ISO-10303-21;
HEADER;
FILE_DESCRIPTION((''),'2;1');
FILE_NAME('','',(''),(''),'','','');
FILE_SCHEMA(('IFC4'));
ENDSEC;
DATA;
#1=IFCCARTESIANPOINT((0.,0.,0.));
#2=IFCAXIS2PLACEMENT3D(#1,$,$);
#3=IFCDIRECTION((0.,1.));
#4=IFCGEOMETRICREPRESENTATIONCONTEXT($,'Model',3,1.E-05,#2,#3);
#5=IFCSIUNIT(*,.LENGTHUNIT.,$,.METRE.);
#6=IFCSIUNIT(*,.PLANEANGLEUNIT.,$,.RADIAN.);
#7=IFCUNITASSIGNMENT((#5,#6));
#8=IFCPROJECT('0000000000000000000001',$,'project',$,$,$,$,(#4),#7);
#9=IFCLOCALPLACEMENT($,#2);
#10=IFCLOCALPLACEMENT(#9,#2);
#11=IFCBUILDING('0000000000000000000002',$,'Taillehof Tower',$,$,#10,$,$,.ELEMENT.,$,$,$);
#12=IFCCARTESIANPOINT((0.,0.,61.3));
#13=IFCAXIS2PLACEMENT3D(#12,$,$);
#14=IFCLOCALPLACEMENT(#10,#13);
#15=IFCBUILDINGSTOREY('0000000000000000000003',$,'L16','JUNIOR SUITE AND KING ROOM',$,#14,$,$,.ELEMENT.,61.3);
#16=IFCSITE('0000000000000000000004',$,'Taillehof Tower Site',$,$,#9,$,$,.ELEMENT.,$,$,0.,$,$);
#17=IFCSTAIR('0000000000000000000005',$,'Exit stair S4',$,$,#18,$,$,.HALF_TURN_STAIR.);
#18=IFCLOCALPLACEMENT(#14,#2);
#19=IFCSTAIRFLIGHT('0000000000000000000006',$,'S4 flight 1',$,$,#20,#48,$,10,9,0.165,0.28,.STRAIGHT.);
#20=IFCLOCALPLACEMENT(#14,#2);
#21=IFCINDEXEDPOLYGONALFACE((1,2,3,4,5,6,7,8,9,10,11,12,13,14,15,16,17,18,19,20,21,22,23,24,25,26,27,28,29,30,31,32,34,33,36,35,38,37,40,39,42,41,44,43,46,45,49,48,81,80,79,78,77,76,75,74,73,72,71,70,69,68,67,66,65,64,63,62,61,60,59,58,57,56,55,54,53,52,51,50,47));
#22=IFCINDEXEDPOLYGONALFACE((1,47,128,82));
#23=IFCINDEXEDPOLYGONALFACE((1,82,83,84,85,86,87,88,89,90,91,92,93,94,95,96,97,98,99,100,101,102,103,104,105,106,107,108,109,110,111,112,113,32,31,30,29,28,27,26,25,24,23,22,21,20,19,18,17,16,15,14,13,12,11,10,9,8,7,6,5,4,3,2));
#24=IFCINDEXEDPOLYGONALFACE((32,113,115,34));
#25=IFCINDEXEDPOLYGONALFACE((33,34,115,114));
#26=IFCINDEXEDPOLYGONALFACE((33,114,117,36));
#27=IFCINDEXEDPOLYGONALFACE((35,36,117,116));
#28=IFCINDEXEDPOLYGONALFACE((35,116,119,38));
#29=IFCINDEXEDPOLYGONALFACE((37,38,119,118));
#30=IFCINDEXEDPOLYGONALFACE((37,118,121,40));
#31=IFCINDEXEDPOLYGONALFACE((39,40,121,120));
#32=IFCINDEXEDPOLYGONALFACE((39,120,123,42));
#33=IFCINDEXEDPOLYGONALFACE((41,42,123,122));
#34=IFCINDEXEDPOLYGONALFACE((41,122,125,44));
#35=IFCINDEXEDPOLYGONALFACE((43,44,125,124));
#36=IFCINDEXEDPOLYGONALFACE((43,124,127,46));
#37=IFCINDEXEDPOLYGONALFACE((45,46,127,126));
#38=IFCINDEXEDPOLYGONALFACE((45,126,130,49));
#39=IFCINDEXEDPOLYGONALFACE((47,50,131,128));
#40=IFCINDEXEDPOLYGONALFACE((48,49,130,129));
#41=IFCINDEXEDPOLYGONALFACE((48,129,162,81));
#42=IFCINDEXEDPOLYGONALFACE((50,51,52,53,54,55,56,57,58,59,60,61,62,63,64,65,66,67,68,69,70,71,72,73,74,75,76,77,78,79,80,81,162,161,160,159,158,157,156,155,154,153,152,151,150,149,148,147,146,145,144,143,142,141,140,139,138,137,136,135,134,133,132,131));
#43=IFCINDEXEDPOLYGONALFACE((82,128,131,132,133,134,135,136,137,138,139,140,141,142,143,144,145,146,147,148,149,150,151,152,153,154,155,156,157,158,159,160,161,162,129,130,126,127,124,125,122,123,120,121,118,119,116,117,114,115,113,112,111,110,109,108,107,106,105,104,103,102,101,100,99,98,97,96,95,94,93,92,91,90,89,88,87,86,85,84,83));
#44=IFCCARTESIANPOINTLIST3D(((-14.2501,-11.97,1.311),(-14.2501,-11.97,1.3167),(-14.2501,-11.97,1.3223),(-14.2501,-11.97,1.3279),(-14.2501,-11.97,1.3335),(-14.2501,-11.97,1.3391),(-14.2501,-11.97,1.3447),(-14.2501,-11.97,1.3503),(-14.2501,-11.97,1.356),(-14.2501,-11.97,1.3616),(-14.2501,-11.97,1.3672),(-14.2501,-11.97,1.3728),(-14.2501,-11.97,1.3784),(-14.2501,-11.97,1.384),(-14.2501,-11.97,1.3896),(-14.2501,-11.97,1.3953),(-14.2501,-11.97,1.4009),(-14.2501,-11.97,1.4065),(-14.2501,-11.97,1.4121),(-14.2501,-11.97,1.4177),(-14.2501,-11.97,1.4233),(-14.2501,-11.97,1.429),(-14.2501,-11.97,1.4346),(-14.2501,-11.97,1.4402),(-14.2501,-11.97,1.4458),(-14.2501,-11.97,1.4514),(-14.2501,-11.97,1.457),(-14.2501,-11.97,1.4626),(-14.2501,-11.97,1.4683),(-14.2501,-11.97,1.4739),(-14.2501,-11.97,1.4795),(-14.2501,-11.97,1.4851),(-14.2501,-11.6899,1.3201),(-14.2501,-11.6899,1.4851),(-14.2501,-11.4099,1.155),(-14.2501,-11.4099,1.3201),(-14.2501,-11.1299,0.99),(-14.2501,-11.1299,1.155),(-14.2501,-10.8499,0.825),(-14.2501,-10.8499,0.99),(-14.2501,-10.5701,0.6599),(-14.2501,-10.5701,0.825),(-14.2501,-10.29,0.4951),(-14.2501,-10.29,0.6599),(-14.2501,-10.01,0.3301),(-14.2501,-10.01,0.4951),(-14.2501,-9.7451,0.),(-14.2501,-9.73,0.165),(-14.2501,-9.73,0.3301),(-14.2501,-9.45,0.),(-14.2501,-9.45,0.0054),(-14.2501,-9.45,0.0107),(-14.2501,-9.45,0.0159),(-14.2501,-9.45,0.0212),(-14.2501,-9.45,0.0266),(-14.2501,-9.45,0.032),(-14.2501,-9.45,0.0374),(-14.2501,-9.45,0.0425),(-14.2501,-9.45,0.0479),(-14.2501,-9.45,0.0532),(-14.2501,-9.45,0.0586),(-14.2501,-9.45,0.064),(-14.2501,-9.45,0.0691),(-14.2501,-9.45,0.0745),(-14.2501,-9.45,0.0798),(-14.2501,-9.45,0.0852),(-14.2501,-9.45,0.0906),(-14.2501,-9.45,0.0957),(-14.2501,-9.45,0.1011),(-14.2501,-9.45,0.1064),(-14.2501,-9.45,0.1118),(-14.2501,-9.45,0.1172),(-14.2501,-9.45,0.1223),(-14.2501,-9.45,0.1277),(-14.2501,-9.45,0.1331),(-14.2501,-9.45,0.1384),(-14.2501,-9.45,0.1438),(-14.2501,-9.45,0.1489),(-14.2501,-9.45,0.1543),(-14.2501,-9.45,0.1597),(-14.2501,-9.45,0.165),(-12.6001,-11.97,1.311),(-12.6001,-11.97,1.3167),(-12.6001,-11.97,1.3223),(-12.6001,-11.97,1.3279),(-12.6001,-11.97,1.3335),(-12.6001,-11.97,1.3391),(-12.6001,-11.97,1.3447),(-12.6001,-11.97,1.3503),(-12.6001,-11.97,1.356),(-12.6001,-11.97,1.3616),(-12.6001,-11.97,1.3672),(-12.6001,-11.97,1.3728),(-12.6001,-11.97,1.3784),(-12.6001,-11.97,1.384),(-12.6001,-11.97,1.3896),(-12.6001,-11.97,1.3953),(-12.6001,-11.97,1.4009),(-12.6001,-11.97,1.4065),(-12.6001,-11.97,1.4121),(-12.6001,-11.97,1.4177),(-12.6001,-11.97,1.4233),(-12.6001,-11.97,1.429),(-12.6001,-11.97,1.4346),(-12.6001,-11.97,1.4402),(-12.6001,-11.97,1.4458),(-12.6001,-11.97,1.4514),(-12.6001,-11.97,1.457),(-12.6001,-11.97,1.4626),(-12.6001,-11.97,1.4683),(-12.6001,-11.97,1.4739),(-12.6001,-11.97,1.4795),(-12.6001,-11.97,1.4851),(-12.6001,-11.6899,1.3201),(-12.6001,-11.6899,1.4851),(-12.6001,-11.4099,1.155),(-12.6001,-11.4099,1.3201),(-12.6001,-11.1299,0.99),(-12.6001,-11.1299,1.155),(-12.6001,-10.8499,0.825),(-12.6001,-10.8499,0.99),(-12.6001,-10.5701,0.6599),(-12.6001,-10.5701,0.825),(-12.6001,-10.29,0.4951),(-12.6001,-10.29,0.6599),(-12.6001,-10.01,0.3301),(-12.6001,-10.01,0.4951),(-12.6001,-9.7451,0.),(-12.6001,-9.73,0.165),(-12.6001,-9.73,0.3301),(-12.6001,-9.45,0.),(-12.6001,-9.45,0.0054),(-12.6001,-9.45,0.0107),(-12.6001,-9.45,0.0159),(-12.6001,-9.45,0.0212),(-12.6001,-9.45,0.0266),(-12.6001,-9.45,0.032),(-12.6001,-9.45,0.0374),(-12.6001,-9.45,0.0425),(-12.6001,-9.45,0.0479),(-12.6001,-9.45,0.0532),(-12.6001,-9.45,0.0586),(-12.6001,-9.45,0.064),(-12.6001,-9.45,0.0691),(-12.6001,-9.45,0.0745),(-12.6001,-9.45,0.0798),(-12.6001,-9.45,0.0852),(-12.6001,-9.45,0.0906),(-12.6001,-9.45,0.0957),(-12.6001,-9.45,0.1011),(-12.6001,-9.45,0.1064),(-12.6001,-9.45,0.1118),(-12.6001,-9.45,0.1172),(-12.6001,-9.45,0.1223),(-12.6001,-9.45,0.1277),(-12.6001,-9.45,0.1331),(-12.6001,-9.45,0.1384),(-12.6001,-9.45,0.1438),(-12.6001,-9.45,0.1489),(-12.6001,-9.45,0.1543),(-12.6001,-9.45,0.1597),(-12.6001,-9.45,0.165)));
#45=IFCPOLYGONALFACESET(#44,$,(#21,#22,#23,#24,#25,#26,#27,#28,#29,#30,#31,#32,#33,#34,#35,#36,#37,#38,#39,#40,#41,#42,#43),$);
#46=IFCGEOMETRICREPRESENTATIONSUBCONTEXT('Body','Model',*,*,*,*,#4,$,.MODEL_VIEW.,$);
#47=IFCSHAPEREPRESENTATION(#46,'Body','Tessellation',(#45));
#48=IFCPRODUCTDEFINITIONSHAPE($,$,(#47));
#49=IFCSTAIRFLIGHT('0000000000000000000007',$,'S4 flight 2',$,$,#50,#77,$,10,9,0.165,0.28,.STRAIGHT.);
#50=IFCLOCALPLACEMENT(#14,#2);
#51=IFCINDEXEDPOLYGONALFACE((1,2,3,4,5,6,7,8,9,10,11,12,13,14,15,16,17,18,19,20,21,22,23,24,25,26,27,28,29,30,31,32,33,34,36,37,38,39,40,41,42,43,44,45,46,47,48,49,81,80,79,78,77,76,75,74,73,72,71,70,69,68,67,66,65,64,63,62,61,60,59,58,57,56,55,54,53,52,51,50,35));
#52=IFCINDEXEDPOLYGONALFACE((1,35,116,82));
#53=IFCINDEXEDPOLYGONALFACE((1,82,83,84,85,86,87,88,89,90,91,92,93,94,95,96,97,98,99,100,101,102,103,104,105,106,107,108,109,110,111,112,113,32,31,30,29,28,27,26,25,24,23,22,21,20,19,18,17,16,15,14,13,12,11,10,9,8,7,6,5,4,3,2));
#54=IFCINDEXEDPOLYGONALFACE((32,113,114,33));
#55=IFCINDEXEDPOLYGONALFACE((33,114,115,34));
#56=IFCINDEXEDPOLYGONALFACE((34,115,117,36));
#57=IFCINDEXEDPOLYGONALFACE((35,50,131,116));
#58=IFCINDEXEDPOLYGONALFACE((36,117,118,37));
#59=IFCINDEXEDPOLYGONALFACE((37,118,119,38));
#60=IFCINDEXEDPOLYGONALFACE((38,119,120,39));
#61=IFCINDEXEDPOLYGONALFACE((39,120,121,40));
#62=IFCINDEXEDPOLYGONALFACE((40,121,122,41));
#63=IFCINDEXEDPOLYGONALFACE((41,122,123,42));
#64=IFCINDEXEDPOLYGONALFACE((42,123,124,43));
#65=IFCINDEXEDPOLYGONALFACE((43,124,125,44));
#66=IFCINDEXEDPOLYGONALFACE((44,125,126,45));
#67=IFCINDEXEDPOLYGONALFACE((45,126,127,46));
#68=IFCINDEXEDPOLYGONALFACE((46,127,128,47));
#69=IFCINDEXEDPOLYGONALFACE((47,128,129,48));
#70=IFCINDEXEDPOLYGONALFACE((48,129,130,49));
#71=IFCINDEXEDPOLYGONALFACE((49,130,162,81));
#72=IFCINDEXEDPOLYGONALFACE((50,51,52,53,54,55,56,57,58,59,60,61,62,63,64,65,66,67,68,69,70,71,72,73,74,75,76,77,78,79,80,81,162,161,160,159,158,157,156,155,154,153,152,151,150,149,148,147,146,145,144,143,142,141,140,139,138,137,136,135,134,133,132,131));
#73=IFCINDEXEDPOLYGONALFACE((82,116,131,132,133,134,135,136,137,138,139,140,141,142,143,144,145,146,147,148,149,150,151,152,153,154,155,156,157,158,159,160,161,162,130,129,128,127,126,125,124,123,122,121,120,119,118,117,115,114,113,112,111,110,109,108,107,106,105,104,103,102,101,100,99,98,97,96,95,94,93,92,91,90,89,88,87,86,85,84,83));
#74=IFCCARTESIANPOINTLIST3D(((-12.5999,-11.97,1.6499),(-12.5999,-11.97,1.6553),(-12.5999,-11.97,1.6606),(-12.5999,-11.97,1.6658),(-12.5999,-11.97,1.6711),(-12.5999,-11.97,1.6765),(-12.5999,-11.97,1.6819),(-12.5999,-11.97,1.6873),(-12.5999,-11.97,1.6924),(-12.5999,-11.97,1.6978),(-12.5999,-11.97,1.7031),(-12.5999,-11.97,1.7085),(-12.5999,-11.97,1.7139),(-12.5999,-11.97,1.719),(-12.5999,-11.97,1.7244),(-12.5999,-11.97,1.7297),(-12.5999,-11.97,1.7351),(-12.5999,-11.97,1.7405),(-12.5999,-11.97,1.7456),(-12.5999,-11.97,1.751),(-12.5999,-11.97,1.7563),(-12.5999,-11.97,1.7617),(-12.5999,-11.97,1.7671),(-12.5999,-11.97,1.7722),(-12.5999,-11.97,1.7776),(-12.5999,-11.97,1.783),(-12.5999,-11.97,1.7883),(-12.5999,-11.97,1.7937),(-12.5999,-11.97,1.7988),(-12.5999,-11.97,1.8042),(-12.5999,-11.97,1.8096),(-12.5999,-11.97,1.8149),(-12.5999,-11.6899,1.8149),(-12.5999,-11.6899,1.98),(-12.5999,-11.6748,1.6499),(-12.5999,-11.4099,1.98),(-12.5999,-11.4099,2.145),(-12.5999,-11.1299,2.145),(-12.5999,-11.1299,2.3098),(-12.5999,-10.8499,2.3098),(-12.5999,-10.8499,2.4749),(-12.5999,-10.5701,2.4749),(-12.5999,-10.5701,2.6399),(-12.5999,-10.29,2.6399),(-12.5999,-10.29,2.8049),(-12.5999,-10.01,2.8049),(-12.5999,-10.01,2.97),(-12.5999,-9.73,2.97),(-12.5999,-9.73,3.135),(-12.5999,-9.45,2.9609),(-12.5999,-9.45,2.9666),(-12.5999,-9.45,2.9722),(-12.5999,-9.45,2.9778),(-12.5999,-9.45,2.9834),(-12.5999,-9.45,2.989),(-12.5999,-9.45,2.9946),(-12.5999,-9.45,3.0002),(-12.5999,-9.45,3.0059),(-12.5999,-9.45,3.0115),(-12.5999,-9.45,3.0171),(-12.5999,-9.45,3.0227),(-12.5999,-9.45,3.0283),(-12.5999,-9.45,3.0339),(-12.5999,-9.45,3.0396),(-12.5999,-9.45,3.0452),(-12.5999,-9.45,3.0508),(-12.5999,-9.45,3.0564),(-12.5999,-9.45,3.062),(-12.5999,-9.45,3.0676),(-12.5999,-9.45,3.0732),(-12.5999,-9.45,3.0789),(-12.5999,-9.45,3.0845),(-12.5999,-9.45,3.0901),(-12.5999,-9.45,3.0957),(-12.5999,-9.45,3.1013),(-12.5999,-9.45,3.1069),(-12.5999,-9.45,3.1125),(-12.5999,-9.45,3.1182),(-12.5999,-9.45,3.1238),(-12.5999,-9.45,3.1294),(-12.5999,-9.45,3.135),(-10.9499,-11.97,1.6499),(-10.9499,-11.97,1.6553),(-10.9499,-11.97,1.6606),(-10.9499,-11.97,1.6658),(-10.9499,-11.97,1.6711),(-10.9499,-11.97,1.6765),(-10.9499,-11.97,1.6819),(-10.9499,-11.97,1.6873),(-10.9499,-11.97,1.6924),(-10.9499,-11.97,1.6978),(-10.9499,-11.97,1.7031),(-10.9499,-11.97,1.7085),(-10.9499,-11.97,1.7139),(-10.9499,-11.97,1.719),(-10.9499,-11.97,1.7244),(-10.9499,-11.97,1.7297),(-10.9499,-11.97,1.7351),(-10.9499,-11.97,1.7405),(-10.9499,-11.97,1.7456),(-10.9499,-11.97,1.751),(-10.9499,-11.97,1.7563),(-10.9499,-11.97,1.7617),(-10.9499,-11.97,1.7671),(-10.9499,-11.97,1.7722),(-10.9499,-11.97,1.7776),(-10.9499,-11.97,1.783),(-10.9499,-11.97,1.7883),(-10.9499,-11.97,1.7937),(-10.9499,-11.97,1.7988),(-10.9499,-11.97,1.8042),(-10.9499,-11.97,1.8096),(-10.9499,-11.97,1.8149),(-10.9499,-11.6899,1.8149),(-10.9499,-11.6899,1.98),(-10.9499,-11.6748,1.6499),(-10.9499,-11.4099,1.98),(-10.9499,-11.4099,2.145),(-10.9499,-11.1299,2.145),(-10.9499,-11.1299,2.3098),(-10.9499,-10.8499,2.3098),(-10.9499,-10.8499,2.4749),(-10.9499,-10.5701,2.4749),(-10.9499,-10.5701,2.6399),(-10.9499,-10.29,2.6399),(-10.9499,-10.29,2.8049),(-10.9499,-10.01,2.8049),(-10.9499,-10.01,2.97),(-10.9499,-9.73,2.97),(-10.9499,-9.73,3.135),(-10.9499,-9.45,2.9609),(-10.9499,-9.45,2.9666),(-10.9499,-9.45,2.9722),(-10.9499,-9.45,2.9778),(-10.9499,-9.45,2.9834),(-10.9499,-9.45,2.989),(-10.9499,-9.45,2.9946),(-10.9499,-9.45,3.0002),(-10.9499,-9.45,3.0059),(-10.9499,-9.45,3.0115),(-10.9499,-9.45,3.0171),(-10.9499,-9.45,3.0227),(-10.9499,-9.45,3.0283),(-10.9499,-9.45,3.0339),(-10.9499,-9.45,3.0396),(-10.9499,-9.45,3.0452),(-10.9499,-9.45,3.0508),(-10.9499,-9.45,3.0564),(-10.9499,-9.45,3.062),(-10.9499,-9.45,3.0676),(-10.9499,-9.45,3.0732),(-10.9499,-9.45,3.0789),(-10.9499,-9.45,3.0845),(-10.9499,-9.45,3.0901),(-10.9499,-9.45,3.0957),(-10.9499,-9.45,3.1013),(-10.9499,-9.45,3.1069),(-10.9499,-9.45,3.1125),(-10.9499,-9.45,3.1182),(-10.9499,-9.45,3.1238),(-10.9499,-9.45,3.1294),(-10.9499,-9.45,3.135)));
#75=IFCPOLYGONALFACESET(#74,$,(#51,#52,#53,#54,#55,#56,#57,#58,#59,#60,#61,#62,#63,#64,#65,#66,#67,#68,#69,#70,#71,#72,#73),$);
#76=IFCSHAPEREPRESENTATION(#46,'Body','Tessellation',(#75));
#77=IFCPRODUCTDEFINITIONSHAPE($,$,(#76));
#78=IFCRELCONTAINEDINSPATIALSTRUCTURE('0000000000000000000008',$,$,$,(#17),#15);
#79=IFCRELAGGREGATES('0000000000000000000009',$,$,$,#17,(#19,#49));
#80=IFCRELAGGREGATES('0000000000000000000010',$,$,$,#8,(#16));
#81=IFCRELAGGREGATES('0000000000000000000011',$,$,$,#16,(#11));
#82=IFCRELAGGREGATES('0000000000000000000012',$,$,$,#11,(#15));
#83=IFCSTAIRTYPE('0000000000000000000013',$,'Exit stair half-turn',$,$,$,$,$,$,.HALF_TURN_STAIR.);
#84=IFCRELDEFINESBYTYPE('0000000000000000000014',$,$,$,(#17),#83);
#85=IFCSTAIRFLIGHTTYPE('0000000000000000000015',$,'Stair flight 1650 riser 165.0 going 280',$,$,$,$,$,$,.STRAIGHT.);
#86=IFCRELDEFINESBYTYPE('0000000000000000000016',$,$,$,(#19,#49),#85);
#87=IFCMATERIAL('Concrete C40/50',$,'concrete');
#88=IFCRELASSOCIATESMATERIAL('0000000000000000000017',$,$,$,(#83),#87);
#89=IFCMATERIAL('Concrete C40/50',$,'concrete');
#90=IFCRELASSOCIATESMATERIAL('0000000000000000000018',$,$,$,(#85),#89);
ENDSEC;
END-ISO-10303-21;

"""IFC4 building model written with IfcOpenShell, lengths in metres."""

from ifc_helpers import new_model, si_unit, direction, frame, origin, place, context, subcontext, project, spatial, polyline, outline, extrude, material, type_object, element, aggregate, save


model = new_model("IFC4")

# Units and contexts
model_context = context("Model", 3, precision=1e-05, world=origin(), true_north=direction((0.0, 1.0)))
body_context = subcontext(model_context, "Body", "Model", "MODEL_VIEW")
ifc_project = project(units=[si_unit("LENGTHUNIT", "METRE"), si_unit("PLANEANGLEUNIT", "RADIAN")], contexts=[model_context])

# Site, building, storey
site_placement = place(None, origin())
site = spatial("IfcSite", under=ifc_project, at=site_placement, Name="Taillehof Tower Site", CompositionType="ELEMENT", RefElevation=0.0)
building_placement = place(site_placement, origin())
building = spatial("IfcBuilding", under=site, at=building_placement, Name="Taillehof Tower", CompositionType="ELEMENT")
storey_placement = place(building_placement, frame((0.0, 0.0, 61.3)))
storey = spatial("IfcBuildingStorey", under=building, at=storey_placement, Name="L16", Description="JUNIOR SUITE AND KING ROOM", CompositionType="ELEMENT", Elevation=61.3)

# Stair, stair flights
ifc_material_1 = material(Name="Concrete C40/50", Category="concrete")
stair_type = type_object("IfcStairType", Name="Exit stair half-turn", PredefinedType="HALF_TURN_STAIR", material=ifc_material_1)
stair_placement = place(storey_placement, origin())
stair = element("IfcStair", 1, at=stair_placement, inside=storey, type_object=stair_type, Name="Exit stair S4", PredefinedType="HALF_TURN_STAIR")
ifc_material_2 = material(Name="Concrete C40/50", Category="concrete")
stair_flight_type = type_object("IfcStairFlightType", Name="Stair flight 1650 riser 165.0 going 280", PredefinedType="STRAIGHT", material=ifc_material_2)
stair_flight_1_placement = place(storey_placement, frame((-13.425, -9.45, 0.0), z_axis=(0.0, 0.0, 1.0), x_axis=(0.0, -1.0, 0.0)))
stair_flight_1 = element("IfcStairFlight", 2, at=stair_flight_1_placement, type_object=stair_flight_type, Name="S4 flight 1", NumberOfRisers=10, NumberOfTreads=9, PredefinedType="STRAIGHT", RiserHeight=0.165, TreadLength=0.28, context=body_context, shape_type="SweptSolid", body=[
    extrude(outline(polyline([(0.0, 0.0), (0.0, 0.0054), (0.0, 0.0107), (0.0, 0.0159), (0.0, 0.0212), (0.0, 0.0266), (0.0, 0.032), (0.0, 0.0374), (0.0, 0.0425), (0.0, 0.0479), (0.0, 0.0532), (0.0, 0.0586), (0.0, 0.064), (0.0, 0.0691), (0.0, 0.0745), (0.0, 0.0798), (0.0, 0.0852), (0.0, 0.0906), (0.0, 0.0957), (0.0, 0.1011), (0.0, 0.1064), (0.0, 0.1118), (0.0, 0.1172), (0.0, 0.1223), (0.0, 0.1277), (0.0, 0.1331), (0.0, 0.1384), (0.0, 0.1438), (0.0, 0.1489), (0.0, 0.1543), (0.0, 0.1597), (0.0, 0.165), (0.28, 0.165), (0.28, 0.3301), (0.5601, 0.3301), (0.5601, 0.4951), (0.8401, 0.4951), (0.8401, 0.6599), (1.1201, 0.6599), (1.1201, 0.825), (1.3999, 0.825), (1.3999, 0.99), (1.6799, 0.99), (1.6799, 1.155), (1.96, 1.155), (1.96, 1.3201), (2.24, 1.3201), (2.24, 1.4851), (2.52, 1.4851), (2.52, 1.4795), (2.52, 1.4739), (2.52, 1.4683), (2.52, 1.4626), (2.52, 1.457), (2.52, 1.4514), (2.52, 1.4458), (2.52, 1.4402), (2.52, 1.4346), (2.52, 1.429), (2.52, 1.4233), (2.52, 1.4177), (2.52, 1.4121), (2.52, 1.4065), (2.52, 1.4009), (2.52, 1.3953), (2.52, 1.3896), (2.52, 1.384), (2.52, 1.3784), (2.52, 1.3728), (2.52, 1.3672), (2.52, 1.3616), (2.52, 1.356), (2.52, 1.3503), (2.52, 1.3447), (2.52, 1.3391), (2.52, 1.3335), (2.52, 1.3279), (2.52, 1.3223), (2.52, 1.3167), (2.52, 1.311), (0.2952, 0.0), (0.0, 0.0)])), frame((0.0, 0.825, 0.0), z_axis=(0.0, -1.0, 0.0), x_axis=(1.0, 0.0, 0.0)), (0.0, 0.0, 1.0), 1.65),
])
stair_flight_2_placement = place(storey_placement, frame((-11.7749, -11.97, 1.6499), z_axis=(0.0, 0.0, 1.0), x_axis=(0.0, 1.0, 0.0)))
stair_flight_2 = element("IfcStairFlight", 3, at=stair_flight_2_placement, type_object=stair_flight_type, Name="S4 flight 2", NumberOfRisers=10, NumberOfTreads=9, PredefinedType="STRAIGHT", RiserHeight=0.165, TreadLength=0.28, context=body_context, shape_type="SweptSolid", body=[
    extrude(outline(polyline([(0.0, 0.0), (0.0, 0.0054), (0.0, 0.0107), (0.0, 0.0159), (0.0, 0.0212), (0.0, 0.0266), (0.0, 0.032), (0.0, 0.0374), (0.0, 0.0425), (0.0, 0.0479), (0.0, 0.0532), (0.0, 0.0586), (0.0, 0.064), (0.0, 0.0691), (0.0, 0.0745), (0.0, 0.0798), (0.0, 0.0852), (0.0, 0.0906), (0.0, 0.0957), (0.0, 0.1011), (0.0, 0.1064), (0.0, 0.1118), (0.0, 0.1172), (0.0, 0.1223), (0.0, 0.1277), (0.0, 0.1331), (0.0, 0.1384), (0.0, 0.1438), (0.0, 0.1489), (0.0, 0.1543), (0.0, 0.1597), (0.0, 0.165), (0.28, 0.165), (0.28, 0.3301), (0.5601, 0.3301), (0.5601, 0.4951), (0.8401, 0.4951), (0.8401, 0.6599), (1.1201, 0.6599), (1.1201, 0.825), (1.3999, 0.825), (1.3999, 0.99), (1.6799, 0.99), (1.6799, 1.155), (1.96, 1.155), (1.96, 1.3201), (2.24, 1.3201), (2.24, 1.4851), (2.52, 1.4851), (2.52, 1.4795), (2.52, 1.4739), (2.52, 1.4683), (2.52, 1.4626), (2.52, 1.457), (2.52, 1.4514), (2.52, 1.4458), (2.52, 1.4402), (2.52, 1.4346), (2.52, 1.429), (2.52, 1.4233), (2.52, 1.4177), (2.52, 1.4121), (2.52, 1.4065), (2.52, 1.4009), (2.52, 1.3953), (2.52, 1.3896), (2.52, 1.384), (2.52, 1.3784), (2.52, 1.3728), (2.52, 1.3672), (2.52, 1.3616), (2.52, 1.356), (2.52, 1.3503), (2.52, 1.3447), (2.52, 1.3391), (2.52, 1.3335), (2.52, 1.3279), (2.52, 1.3223), (2.52, 1.3167), (2.52, 1.311), (0.2952, 0.0), (0.0, 0.0)])), frame((0.0, 0.825, 0.0), z_axis=(0.0, -1.0, 0.0), x_axis=(1.0, 0.0, 0.0)), (0.0, 0.0, 1.0), 1.65),
])
aggregate(stair, [stair_flight_1, stair_flight_2])

save(model, "model.ifc")
